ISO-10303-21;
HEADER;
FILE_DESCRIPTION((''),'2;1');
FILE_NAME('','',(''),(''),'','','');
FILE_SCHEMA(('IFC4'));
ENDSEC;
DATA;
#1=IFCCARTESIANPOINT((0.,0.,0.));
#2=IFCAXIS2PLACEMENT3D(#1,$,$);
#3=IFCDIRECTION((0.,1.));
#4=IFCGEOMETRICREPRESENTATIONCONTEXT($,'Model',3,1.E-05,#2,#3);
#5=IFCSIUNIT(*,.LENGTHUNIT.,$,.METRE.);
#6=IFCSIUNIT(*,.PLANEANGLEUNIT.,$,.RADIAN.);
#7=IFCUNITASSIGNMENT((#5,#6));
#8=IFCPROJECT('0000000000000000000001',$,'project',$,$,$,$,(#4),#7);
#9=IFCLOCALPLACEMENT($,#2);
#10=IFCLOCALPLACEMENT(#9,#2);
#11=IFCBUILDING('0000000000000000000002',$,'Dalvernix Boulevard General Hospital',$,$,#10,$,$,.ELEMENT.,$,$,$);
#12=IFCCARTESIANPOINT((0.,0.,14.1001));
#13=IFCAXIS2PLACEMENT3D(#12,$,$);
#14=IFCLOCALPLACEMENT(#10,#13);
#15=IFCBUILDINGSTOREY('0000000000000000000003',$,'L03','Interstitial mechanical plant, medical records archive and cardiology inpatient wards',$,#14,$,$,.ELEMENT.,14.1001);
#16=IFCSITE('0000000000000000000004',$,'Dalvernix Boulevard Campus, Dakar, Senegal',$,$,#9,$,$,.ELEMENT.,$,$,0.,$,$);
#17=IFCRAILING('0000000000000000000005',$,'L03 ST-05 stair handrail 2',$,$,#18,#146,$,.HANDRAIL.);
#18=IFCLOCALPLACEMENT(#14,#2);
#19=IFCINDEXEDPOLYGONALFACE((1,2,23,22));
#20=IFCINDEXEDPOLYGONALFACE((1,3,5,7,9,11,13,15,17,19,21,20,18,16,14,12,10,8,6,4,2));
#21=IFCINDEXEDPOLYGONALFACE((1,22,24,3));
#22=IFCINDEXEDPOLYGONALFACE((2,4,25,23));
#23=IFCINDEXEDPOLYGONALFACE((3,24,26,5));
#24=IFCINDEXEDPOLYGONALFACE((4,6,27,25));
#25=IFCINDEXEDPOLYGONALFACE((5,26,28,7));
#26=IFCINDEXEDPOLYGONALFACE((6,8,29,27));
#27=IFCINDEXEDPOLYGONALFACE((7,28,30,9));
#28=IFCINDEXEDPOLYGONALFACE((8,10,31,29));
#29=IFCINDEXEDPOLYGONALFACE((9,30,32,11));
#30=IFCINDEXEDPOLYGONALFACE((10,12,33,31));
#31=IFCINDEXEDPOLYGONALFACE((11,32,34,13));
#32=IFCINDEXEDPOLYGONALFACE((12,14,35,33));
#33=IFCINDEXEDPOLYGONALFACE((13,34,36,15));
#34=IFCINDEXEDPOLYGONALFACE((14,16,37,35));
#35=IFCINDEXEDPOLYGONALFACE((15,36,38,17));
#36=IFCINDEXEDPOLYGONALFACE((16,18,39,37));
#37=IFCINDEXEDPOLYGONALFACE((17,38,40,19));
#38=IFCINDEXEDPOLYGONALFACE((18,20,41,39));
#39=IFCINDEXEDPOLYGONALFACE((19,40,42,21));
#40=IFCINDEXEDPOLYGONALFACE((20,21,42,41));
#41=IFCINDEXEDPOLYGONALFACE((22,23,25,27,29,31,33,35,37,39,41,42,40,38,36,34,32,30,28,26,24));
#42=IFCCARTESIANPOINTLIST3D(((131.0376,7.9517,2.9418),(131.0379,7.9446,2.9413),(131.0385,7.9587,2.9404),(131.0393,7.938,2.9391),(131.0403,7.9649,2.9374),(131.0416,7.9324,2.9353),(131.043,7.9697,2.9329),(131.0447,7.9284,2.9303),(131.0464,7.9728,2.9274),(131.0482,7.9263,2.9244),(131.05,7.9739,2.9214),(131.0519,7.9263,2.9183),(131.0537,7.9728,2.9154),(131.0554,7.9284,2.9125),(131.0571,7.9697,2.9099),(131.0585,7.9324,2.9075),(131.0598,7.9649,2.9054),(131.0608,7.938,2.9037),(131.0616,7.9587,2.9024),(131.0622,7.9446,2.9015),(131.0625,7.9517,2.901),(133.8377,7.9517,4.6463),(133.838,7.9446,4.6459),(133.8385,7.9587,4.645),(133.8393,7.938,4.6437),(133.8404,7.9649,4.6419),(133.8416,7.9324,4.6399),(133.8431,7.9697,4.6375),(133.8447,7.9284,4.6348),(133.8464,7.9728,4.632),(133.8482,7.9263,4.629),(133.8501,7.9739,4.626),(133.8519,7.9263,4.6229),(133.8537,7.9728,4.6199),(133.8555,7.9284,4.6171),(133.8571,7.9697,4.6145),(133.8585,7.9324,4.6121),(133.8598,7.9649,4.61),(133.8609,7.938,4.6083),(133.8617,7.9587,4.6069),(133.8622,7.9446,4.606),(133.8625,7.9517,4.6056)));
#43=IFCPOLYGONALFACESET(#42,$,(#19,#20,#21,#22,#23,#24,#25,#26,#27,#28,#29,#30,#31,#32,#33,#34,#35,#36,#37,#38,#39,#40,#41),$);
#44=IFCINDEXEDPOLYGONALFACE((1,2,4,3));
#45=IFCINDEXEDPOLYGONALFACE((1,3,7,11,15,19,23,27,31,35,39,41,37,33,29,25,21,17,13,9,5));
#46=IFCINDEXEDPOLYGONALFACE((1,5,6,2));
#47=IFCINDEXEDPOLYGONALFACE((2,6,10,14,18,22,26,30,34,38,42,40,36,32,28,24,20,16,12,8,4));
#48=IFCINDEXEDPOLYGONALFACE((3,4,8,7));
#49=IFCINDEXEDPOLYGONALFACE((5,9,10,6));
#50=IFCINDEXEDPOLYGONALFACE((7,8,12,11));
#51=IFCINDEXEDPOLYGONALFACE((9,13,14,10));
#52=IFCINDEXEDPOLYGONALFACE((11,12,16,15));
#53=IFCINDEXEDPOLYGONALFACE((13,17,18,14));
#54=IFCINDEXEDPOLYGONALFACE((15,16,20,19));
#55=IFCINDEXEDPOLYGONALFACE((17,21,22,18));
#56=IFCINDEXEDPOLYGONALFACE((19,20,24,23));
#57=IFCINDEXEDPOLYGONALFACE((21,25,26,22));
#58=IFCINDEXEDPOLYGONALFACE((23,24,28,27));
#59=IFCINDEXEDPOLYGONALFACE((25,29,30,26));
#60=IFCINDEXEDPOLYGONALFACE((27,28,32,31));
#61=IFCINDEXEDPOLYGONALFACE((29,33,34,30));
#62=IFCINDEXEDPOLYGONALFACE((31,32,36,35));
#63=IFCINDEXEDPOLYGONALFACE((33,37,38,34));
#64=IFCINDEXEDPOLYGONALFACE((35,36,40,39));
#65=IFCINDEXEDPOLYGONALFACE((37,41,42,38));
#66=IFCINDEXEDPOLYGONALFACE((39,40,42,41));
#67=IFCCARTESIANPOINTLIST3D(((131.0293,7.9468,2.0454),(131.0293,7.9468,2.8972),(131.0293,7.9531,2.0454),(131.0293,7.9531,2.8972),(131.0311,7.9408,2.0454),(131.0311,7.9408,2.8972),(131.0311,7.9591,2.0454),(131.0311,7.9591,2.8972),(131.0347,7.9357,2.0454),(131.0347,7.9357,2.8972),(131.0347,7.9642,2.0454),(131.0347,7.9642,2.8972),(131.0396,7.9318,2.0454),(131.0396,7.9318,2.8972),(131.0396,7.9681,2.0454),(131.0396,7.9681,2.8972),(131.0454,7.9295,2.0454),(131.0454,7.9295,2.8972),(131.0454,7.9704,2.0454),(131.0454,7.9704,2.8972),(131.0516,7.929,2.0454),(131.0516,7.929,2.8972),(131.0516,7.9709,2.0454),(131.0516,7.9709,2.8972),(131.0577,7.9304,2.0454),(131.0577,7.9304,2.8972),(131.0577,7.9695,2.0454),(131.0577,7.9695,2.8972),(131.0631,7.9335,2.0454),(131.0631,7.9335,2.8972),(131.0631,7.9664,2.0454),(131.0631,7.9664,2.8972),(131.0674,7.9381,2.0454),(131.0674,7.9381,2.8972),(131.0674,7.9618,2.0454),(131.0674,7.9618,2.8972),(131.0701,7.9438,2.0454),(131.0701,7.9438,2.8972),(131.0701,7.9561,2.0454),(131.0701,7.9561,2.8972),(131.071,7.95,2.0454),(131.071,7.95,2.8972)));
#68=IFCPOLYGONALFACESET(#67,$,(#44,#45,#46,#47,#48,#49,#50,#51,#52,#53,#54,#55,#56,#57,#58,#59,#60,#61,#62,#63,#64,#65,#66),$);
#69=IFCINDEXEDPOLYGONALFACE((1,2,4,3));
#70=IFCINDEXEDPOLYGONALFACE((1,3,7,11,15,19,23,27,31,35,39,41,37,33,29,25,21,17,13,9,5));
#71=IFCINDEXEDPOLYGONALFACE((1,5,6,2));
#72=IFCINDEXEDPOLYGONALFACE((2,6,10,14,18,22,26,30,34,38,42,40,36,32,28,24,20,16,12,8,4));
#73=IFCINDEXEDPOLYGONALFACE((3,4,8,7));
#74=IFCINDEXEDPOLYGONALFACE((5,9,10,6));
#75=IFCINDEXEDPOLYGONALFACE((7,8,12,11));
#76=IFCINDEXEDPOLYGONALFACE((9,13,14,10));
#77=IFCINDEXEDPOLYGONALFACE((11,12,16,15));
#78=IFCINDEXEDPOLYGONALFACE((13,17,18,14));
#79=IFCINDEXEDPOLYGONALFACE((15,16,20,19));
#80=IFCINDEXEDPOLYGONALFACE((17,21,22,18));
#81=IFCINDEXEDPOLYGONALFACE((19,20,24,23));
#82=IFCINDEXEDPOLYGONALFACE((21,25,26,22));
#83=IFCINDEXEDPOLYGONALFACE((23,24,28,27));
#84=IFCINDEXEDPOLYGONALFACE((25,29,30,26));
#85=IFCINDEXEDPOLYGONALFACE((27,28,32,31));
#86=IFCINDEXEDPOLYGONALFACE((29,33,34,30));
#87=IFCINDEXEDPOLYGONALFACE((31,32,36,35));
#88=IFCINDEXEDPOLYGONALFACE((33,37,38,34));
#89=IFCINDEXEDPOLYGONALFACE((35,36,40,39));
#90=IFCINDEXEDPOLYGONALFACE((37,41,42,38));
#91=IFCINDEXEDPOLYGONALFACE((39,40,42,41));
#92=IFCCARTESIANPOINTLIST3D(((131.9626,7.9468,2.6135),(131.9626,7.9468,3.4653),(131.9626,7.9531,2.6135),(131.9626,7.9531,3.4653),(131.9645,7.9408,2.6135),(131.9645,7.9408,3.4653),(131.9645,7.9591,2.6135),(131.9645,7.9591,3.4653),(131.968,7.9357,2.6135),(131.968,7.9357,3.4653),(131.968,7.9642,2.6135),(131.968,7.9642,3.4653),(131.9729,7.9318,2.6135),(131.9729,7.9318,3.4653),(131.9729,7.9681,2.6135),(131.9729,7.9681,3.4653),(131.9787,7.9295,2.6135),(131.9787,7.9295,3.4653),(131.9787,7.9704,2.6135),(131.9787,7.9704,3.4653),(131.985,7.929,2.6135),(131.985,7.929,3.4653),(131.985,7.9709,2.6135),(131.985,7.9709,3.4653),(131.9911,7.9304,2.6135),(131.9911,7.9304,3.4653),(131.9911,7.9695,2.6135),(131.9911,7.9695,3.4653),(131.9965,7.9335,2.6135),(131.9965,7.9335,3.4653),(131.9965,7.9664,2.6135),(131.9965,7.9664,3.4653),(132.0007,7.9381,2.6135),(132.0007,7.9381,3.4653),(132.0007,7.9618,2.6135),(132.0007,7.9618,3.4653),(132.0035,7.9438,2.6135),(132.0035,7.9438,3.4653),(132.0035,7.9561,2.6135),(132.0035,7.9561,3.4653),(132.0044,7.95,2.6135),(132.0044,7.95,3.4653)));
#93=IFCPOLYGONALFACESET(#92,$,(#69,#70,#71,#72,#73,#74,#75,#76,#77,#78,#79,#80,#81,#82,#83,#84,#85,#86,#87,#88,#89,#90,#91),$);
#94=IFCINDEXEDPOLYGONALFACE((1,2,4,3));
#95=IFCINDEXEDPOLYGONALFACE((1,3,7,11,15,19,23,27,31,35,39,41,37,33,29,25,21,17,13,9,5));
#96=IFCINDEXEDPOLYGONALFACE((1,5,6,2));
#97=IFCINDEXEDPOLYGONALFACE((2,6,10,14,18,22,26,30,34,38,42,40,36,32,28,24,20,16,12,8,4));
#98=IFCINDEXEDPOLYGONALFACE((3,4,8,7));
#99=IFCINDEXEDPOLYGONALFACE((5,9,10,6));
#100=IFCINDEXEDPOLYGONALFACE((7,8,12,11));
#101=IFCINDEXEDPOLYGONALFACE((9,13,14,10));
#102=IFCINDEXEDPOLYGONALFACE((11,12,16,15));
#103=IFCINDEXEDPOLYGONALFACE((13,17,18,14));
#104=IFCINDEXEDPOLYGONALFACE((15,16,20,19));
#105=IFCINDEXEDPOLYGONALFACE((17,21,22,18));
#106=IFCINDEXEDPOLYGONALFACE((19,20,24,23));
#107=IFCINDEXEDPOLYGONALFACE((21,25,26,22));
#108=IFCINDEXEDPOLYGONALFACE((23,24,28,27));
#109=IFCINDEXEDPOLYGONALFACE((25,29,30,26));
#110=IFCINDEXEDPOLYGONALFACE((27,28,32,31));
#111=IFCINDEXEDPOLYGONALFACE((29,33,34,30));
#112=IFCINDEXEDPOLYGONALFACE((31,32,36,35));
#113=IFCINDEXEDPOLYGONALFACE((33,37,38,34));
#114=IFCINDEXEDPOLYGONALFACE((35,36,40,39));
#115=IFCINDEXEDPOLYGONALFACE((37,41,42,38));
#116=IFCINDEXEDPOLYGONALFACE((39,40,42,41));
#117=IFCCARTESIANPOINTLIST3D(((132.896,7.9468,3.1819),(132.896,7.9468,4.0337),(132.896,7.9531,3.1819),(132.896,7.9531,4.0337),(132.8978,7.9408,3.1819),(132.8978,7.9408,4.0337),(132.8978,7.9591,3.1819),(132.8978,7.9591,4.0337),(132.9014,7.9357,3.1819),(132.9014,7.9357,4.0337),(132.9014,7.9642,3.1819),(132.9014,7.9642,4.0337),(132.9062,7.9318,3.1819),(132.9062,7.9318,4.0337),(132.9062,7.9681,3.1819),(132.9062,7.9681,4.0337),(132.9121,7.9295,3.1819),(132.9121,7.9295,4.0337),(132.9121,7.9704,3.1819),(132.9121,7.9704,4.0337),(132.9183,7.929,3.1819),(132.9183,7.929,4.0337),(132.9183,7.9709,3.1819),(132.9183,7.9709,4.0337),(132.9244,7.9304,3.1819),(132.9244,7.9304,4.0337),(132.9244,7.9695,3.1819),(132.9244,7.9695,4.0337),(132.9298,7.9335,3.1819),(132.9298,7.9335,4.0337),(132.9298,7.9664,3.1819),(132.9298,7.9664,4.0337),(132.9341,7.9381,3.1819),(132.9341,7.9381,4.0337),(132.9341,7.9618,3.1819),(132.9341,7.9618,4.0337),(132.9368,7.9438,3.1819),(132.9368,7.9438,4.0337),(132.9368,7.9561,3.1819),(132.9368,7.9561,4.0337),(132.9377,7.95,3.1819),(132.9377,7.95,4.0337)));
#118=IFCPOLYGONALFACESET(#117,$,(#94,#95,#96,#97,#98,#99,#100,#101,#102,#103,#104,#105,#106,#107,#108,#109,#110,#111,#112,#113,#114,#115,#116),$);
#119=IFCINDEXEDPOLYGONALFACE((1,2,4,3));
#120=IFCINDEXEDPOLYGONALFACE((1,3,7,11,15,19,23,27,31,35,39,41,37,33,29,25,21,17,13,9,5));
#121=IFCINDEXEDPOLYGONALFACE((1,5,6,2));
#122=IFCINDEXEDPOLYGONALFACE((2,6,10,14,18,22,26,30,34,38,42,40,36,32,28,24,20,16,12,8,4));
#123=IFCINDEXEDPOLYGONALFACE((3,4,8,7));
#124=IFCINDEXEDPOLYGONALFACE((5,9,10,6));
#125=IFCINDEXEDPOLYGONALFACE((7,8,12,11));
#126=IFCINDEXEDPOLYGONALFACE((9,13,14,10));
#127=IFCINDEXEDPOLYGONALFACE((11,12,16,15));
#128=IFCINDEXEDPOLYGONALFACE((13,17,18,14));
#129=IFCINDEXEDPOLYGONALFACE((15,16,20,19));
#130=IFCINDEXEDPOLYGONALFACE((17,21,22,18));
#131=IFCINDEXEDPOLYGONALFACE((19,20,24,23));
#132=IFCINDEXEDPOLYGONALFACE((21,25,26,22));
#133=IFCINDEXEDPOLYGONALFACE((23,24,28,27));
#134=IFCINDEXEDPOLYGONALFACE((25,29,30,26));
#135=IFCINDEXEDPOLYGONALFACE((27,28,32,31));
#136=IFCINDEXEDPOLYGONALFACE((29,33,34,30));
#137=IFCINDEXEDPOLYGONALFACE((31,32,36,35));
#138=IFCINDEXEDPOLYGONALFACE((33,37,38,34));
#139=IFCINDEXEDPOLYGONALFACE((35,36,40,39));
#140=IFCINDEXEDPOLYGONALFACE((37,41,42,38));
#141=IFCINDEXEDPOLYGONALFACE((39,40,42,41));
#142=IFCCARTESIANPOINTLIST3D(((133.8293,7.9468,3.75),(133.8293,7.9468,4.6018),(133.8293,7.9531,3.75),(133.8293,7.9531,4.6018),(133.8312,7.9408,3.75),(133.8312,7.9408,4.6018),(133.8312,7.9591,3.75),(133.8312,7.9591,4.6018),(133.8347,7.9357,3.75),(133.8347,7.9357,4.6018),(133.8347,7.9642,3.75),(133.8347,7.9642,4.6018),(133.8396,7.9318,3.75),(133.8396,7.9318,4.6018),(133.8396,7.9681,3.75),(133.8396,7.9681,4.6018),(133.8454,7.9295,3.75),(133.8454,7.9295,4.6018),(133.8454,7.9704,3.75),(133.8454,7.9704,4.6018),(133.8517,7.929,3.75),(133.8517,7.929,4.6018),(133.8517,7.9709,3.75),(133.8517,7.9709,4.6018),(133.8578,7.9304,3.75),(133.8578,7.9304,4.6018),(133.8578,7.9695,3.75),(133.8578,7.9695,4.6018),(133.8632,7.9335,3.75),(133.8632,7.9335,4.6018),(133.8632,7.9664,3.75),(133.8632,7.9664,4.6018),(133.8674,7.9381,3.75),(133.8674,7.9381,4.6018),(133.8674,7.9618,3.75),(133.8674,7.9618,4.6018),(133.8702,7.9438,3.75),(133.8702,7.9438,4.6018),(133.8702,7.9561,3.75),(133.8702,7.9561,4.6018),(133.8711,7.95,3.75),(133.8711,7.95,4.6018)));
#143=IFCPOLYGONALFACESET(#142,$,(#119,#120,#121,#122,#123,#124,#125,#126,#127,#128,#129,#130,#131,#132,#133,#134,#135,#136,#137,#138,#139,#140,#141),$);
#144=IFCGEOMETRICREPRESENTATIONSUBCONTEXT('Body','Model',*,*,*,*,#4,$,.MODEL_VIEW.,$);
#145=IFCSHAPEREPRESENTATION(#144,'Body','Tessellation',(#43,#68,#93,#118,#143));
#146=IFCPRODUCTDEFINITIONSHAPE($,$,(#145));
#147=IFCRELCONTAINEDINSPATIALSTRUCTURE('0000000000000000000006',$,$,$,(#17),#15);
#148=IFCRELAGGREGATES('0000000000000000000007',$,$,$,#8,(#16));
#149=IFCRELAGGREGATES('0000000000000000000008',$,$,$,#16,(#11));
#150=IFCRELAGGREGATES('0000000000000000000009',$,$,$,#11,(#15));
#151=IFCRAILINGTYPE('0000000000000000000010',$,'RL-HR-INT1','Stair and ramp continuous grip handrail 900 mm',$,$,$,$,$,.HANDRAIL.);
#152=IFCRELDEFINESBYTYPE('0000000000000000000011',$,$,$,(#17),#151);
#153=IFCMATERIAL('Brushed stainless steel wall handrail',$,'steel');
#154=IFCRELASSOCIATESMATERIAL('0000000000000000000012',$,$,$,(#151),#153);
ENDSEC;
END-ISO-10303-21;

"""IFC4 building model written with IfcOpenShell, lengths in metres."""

from ifc_helpers import new_model, si_unit, direction, frame, origin, origin_2d, place, context, subcontext, project, spatial, circle, extrude, material, type_object, element, save


model = new_model("IFC4")

# Units and contexts
model_context = context("Model", 3, precision=1e-05, world=origin(), true_north=direction((0.0, 1.0)))
body_context = subcontext(model_context, "Body", "Model", "MODEL_VIEW")
ifc_project = project(units=[si_unit("LENGTHUNIT", "METRE"), si_unit("PLANEANGLEUNIT", "RADIAN")], contexts=[model_context])

# Site, building, storey
site_placement = place(None, origin())
site = spatial("IfcSite", under=ifc_project, at=site_placement, Name="Dalvernix Boulevard Campus, Dakar, Senegal", CompositionType="ELEMENT", RefElevation=0.0)
building_placement = place(site_placement, origin())
building = spatial("IfcBuilding", under=site, at=building_placement, Name="Dalvernix Boulevard General Hospital", CompositionType="ELEMENT")
storey_placement = place(building_placement, frame((0.0, 0.0, 14.1001)))
storey = spatial("IfcBuildingStorey", under=building, at=storey_placement, Name="L03", Description="Interstitial mechanical plant, medical records archive and cardiology inpatient wards", CompositionType="ELEMENT", Elevation=14.1001)

# Railing
ifc_material_1 = material(Name="Brushed stainless steel wall handrail", Category="steel")
railing_type_1 = type_object("IfcRailingType", Name="RL-HR-INT1", Description="Stair and ramp continuous grip handrail 900 mm", PredefinedType="HANDRAIL", material=ifc_material_1)
railing_1_placement = place(storey_placement, frame((131.05, 7.95, 2.0454)))
element("IfcRailing", 1, at=railing_1_placement, inside=storey, type_object=railing_type_1, Name="L03 ST-05 stair handrail 2", PredefinedType="HANDRAIL", context=body_context, shape_type="SweptSolid", body=[
    extrude(circle(Radius=0.0239, at=origin_2d()), frame((0.0, 0.0, 0.876), z_axis=(0.85417, 0.0, 0.519994), x_axis=(0.0, 1.0, 0.0)), (0.0, 0.0, 1.0), 3.2781),
    extrude(circle(Radius=0.021, at=origin_2d()), origin(), (0.0, 0.0, 1.0), 0.8518),
    extrude(circle(Radius=0.021, at=origin_2d()), frame((0.9333, 0.0, 0.5681)), (0.0, 0.0, 1.0), 0.8518),
    extrude(circle(Radius=0.021, at=origin_2d()), frame((1.8667, 0.0, 1.1365)), (0.0, 0.0, 1.0), 0.8518),
    extrude(circle(Radius=0.021, at=origin_2d()), frame((2.8, 0.0, 1.7046)), (0.0, 0.0, 1.0), 0.8518),
])

save(model, "model.ifc")
